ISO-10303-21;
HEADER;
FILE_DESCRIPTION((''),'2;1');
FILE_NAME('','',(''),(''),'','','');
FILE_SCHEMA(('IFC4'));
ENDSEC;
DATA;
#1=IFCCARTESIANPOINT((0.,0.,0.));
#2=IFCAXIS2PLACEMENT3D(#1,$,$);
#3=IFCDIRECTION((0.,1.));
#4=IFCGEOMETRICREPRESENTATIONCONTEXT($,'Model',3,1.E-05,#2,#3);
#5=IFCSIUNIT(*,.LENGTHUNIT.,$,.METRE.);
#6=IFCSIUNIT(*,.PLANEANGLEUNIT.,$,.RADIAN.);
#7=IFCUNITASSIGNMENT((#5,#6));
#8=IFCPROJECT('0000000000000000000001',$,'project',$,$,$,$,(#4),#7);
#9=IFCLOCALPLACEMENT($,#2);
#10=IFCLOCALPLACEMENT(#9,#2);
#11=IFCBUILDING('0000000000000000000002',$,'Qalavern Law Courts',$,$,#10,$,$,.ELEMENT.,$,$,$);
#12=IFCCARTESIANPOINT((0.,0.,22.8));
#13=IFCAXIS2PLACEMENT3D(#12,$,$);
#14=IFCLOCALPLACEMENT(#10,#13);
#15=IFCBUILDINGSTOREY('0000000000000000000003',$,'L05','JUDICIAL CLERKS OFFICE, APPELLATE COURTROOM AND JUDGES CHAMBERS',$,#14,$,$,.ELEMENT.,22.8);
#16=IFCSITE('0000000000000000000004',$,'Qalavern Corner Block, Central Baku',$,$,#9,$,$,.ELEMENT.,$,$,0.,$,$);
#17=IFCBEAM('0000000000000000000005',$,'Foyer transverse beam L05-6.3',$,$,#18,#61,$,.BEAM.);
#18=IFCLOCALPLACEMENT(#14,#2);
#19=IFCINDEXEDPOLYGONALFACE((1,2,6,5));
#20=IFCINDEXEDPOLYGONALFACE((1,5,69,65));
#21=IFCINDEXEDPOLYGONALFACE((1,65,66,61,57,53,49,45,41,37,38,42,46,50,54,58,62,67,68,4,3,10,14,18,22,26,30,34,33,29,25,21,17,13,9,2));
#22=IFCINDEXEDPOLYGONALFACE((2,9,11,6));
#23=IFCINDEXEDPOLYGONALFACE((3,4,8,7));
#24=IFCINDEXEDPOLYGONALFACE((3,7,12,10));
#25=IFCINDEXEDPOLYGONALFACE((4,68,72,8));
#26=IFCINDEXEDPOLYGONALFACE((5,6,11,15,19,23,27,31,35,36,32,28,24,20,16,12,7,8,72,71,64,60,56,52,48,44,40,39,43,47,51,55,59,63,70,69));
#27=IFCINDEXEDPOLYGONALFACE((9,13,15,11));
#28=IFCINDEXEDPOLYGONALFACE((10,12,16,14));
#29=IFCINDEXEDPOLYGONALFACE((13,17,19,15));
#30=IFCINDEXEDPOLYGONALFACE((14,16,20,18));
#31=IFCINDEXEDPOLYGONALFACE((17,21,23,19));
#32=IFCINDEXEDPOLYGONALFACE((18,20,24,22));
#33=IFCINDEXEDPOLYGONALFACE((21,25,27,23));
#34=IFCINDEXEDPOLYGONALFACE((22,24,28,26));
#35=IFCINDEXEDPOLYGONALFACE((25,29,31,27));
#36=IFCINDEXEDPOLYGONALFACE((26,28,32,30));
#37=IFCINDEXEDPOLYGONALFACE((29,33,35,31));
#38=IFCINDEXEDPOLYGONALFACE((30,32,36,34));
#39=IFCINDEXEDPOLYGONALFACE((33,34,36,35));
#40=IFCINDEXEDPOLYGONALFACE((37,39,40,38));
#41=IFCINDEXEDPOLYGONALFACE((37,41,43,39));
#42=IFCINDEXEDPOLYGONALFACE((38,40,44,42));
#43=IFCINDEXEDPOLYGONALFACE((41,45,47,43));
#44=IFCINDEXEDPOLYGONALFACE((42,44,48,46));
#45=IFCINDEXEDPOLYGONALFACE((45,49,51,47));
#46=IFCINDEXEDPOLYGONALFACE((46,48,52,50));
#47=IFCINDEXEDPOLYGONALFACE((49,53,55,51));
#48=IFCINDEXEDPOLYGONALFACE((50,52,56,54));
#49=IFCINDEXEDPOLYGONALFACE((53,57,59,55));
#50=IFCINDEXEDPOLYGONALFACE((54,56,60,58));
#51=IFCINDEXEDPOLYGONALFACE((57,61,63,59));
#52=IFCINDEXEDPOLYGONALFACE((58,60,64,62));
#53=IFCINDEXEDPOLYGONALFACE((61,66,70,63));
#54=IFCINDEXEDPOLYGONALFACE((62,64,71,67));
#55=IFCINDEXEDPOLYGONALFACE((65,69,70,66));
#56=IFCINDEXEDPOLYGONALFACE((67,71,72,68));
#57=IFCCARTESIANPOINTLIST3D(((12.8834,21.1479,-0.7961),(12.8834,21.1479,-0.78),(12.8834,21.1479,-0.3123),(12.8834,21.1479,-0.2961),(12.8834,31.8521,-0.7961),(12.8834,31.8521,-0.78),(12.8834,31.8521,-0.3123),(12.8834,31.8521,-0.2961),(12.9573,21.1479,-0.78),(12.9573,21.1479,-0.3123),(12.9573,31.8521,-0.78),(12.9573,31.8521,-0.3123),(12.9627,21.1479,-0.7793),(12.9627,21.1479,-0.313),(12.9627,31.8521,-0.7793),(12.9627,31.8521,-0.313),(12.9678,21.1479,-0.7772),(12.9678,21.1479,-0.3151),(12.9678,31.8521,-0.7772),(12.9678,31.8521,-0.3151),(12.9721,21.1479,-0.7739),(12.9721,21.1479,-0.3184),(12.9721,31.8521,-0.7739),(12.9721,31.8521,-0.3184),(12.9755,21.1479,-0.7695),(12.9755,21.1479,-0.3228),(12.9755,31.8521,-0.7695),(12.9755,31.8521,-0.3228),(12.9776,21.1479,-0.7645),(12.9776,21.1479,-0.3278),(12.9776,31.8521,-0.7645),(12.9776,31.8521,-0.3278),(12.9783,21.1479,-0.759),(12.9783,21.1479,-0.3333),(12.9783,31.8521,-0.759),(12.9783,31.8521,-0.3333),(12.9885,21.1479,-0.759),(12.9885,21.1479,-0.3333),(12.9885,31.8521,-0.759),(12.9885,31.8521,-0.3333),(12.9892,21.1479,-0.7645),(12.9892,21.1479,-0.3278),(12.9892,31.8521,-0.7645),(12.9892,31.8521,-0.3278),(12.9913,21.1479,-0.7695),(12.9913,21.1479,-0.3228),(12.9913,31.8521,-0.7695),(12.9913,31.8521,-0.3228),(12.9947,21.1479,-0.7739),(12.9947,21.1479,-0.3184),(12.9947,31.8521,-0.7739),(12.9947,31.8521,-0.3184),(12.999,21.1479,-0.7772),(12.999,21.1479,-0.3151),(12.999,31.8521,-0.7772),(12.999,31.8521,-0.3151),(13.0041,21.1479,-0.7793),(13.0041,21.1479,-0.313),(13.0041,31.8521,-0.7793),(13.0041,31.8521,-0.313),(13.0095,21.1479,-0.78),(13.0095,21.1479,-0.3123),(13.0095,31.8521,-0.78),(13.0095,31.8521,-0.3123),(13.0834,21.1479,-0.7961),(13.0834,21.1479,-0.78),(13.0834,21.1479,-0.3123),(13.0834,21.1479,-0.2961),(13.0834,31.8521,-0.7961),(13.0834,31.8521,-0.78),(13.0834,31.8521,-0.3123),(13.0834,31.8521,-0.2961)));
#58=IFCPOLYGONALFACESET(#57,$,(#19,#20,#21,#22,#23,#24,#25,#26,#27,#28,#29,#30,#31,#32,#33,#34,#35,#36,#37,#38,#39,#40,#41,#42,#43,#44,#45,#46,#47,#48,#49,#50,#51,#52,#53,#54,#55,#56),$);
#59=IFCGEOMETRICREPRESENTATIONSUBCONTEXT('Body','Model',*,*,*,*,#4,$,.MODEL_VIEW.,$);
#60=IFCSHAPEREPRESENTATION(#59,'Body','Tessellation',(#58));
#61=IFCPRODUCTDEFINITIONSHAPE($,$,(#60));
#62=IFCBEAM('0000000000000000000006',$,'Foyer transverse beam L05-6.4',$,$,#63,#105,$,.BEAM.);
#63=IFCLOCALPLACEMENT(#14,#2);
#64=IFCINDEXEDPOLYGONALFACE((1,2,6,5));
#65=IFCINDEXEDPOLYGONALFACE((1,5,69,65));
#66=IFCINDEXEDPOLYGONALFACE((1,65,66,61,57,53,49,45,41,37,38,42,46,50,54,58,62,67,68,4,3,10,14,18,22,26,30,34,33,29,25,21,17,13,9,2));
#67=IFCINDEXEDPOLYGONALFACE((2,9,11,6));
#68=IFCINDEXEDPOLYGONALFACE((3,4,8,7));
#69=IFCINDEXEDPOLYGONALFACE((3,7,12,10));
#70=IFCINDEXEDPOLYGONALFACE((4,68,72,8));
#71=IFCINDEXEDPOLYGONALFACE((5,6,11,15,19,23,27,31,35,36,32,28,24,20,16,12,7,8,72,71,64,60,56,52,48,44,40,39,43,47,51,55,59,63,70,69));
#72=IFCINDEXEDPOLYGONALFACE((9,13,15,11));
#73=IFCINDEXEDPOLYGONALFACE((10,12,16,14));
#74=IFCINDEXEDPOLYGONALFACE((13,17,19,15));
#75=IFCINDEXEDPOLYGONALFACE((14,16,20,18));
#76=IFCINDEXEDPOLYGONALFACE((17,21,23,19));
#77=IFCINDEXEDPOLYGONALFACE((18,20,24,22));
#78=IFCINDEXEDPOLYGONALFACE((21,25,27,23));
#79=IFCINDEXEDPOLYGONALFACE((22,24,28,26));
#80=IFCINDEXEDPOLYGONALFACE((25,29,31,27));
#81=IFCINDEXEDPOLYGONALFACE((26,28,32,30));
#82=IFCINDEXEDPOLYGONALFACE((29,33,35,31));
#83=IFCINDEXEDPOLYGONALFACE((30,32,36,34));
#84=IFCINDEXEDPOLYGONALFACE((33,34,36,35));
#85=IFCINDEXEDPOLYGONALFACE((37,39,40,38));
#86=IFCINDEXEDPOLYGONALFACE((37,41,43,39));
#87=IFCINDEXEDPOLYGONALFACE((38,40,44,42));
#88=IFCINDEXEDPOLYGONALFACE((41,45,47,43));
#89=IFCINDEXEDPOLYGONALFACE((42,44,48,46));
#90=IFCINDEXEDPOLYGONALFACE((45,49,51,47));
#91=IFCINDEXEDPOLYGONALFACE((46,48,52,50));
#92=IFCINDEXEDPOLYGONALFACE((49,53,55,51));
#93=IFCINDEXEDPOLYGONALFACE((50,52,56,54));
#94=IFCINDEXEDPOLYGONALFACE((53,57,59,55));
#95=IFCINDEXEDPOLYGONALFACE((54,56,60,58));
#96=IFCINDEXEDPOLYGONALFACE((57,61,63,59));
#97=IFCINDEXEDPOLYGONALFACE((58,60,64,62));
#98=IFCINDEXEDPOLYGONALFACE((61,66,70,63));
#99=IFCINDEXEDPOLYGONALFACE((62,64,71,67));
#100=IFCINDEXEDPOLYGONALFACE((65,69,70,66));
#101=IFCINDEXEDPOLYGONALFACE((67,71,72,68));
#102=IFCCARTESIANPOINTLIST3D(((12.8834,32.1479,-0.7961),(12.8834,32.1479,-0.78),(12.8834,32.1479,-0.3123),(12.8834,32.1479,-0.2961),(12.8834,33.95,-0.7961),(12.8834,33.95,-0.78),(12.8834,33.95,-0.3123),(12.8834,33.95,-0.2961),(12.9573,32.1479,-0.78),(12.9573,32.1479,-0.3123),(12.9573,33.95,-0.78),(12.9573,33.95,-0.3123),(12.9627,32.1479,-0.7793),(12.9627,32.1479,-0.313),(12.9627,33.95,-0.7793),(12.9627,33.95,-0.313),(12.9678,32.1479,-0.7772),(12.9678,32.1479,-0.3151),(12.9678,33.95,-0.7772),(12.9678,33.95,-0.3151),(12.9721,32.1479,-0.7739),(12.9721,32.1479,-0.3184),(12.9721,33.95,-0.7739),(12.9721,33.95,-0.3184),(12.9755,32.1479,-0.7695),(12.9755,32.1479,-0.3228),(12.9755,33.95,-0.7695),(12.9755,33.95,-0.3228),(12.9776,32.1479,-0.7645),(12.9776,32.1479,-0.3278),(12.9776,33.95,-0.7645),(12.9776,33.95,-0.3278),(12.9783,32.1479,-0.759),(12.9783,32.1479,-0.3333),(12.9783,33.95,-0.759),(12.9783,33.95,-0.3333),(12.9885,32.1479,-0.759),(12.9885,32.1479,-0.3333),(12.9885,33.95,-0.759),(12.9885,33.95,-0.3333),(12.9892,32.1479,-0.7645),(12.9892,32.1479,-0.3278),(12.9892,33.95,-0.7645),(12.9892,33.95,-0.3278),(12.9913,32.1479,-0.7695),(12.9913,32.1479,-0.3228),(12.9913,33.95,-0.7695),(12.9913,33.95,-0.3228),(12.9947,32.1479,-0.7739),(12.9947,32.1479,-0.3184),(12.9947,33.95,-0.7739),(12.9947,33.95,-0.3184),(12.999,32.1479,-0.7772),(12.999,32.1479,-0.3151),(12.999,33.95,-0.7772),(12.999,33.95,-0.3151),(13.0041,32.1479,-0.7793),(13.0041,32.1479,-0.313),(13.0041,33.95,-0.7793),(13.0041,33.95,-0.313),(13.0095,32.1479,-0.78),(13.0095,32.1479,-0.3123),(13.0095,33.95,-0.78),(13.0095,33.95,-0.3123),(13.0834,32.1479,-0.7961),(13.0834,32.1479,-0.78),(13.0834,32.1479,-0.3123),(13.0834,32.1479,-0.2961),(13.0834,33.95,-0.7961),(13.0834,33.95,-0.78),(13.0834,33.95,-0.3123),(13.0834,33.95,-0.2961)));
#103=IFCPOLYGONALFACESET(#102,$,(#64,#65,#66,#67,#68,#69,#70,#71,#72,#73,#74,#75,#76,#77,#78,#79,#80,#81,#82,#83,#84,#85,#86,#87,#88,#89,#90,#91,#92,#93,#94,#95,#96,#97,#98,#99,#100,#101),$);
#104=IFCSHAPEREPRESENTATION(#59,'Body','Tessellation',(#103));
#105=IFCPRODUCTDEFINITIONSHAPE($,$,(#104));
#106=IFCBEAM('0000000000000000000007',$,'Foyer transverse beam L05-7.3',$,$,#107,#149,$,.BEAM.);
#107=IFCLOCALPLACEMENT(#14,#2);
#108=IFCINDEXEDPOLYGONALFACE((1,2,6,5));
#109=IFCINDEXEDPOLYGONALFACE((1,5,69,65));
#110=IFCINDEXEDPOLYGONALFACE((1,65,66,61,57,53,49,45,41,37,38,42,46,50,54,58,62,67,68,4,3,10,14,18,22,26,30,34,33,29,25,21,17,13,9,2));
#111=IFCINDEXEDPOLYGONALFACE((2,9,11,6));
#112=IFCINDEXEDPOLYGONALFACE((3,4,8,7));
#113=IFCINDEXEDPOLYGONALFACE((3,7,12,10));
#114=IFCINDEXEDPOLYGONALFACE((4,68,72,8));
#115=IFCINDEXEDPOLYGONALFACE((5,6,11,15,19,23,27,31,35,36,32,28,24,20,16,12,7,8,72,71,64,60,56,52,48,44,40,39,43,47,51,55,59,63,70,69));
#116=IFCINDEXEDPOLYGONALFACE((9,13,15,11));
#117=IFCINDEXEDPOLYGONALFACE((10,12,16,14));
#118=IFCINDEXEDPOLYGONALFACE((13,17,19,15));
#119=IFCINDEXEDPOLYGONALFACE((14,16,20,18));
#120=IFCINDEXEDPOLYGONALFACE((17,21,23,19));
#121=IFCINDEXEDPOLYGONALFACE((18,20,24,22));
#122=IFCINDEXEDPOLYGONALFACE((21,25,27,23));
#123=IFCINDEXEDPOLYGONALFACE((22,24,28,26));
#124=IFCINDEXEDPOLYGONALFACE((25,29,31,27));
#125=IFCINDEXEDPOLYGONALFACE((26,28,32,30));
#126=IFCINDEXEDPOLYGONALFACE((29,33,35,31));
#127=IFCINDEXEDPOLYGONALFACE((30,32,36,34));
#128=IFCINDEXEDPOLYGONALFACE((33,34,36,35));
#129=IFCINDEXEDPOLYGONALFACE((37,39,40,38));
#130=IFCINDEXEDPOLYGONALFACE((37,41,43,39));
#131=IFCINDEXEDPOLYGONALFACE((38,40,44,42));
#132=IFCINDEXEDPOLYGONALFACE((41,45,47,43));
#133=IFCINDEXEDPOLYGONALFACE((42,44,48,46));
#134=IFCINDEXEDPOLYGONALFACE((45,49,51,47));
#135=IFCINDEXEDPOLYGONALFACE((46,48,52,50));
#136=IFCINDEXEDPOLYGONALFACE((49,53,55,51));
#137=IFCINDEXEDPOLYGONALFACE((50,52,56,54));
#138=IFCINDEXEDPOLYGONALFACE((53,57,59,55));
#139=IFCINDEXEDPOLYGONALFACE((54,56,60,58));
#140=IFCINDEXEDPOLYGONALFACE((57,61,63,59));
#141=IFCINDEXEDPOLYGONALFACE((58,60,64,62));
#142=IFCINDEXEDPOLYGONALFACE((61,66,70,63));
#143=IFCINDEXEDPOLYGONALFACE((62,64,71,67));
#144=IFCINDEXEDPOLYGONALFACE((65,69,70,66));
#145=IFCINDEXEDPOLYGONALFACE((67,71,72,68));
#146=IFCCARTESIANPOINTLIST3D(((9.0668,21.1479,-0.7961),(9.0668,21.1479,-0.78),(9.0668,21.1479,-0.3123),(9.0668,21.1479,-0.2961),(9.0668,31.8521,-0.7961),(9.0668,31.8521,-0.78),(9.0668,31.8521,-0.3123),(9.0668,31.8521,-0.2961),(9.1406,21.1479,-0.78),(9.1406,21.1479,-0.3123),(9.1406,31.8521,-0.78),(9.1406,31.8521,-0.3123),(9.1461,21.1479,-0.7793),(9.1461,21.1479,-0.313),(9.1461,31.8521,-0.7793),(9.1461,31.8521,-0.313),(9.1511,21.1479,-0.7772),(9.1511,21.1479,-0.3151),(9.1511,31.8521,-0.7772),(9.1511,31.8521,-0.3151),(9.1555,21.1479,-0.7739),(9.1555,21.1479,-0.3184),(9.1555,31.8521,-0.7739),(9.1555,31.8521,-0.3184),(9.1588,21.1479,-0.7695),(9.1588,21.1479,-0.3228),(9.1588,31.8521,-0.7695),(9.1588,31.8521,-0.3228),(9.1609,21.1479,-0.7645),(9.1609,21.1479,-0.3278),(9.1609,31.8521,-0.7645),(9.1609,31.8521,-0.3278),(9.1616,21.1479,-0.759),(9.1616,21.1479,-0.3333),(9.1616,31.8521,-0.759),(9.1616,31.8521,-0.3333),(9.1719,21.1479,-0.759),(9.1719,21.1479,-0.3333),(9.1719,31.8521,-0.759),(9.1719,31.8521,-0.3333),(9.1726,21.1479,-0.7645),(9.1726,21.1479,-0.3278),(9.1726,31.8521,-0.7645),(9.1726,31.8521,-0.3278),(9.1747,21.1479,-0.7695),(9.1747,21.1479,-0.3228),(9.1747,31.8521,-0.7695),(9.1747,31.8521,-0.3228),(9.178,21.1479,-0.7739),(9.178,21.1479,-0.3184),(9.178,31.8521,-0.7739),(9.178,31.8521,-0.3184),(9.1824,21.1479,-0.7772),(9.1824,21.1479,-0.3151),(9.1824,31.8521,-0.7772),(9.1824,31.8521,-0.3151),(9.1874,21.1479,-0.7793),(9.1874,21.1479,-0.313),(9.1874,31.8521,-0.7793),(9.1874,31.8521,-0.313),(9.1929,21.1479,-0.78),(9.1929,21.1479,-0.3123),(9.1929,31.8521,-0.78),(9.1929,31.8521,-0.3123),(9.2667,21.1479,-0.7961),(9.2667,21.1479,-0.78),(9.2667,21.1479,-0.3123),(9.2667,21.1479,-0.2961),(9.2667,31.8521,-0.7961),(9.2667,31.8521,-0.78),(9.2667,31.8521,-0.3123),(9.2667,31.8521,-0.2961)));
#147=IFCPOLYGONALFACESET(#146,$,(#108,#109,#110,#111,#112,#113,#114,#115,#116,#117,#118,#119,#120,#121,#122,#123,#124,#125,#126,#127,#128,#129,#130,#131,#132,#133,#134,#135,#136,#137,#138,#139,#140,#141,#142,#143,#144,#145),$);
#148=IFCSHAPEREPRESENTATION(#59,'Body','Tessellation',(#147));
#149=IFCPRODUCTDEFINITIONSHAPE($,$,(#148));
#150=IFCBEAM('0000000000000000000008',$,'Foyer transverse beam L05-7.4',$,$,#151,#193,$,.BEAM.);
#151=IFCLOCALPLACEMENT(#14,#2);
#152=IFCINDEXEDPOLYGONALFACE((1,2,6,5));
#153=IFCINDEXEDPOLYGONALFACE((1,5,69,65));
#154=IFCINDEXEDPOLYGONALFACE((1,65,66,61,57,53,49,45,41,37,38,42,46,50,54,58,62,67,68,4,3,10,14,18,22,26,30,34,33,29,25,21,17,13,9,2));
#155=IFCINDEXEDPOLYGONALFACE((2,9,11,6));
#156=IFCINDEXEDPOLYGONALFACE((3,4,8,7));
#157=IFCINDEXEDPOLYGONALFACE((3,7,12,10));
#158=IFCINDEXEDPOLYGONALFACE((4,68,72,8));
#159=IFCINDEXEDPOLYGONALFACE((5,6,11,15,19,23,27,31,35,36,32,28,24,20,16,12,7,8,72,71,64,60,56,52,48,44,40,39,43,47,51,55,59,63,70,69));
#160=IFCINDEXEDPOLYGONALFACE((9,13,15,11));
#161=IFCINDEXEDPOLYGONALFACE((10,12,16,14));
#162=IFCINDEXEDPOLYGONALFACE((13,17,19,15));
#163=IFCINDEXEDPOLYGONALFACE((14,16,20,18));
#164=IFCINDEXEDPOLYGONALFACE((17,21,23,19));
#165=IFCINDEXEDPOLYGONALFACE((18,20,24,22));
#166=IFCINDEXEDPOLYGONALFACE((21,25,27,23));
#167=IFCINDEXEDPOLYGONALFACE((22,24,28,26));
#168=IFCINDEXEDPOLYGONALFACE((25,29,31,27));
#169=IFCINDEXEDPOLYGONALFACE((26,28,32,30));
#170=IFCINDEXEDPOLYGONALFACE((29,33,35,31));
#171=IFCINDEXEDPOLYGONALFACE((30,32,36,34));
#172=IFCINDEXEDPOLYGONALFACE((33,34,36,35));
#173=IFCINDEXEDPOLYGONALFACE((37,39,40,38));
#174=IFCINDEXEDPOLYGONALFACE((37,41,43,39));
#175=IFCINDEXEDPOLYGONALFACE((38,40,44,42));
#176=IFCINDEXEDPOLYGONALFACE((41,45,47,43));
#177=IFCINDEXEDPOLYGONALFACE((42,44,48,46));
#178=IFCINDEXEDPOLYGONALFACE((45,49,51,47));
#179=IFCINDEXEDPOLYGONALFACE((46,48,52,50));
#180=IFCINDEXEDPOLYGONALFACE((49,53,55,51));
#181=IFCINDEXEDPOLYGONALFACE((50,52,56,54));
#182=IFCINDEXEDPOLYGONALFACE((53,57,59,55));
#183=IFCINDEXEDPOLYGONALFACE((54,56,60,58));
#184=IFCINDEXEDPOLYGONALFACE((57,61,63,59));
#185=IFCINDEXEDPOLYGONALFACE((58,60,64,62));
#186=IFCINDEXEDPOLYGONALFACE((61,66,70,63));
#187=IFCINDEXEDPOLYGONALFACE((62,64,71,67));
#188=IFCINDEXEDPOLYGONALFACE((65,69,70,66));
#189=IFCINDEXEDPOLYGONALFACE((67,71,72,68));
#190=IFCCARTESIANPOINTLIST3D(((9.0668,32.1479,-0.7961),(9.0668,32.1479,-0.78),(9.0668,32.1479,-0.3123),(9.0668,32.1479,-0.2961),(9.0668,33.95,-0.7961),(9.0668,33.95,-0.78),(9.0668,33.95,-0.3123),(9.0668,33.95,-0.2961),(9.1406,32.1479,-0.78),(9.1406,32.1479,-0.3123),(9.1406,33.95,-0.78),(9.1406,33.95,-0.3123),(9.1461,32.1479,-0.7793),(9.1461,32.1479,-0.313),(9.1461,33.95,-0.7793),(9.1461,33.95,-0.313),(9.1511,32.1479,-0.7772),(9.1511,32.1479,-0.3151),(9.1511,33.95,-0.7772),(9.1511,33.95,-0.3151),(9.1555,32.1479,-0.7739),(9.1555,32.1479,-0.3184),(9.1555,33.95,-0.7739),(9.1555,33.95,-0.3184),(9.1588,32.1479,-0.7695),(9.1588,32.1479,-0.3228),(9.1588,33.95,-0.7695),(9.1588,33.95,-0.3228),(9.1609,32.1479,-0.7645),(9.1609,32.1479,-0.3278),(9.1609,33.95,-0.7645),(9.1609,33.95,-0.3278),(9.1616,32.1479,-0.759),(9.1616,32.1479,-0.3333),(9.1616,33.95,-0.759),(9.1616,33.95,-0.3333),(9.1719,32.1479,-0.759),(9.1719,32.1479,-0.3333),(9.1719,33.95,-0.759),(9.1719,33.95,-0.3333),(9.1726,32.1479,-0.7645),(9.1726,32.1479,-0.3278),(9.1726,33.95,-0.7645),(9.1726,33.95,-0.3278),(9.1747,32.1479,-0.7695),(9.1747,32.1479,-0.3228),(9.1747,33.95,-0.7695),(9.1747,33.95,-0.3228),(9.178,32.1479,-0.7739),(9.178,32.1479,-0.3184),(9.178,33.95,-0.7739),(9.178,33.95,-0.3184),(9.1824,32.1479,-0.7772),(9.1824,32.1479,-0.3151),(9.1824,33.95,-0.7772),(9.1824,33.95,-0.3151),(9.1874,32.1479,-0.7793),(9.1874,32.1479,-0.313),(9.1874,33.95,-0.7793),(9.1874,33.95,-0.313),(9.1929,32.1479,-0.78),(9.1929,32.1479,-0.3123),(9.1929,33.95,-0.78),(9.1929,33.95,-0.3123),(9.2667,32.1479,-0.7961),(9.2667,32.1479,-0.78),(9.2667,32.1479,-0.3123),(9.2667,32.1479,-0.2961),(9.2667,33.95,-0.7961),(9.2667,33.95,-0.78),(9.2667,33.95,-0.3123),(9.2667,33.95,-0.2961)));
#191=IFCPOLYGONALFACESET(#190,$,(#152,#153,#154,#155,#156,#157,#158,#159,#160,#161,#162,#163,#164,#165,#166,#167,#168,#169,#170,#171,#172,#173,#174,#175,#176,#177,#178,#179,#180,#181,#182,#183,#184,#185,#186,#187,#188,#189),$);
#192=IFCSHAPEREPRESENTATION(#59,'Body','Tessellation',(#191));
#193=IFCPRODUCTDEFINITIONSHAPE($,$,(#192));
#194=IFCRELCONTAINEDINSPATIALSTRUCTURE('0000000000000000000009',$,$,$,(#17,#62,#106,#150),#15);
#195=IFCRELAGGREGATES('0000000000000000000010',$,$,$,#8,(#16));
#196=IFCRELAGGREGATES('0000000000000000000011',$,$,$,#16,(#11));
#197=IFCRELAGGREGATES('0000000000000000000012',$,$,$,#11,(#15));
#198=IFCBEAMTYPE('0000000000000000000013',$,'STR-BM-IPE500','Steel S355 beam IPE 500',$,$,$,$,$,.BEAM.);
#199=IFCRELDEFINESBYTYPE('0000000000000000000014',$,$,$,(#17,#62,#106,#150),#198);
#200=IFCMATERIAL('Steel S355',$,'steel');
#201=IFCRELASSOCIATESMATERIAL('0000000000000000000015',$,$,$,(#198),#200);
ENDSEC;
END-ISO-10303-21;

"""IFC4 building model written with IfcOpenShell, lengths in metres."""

from ifc_helpers import new_model, si_unit, direction, frame, origin, origin_2d, place, context, subcontext, project, spatial, i_section, extrude, material, material_profile, profile_set, type_object, element, save


model = new_model("IFC4")

# Units and contexts
model_context = context("Model", 3, precision=1e-05, world=origin(), true_north=direction((0.0, 1.0)))
body_context = subcontext(model_context, "Body", "Model", "MODEL_VIEW")
ifc_project = project(units=[si_unit("LENGTHUNIT", "METRE"), si_unit("PLANEANGLEUNIT", "RADIAN")], contexts=[model_context])

# Site, building, storey
site_placement = place(None, origin())
site = spatial("IfcSite", under=ifc_project, at=site_placement, Name="Qalavern Corner Block, Central Baku", CompositionType="ELEMENT", RefElevation=0.0)
building_placement = place(site_placement, origin())
building = spatial("IfcBuilding", under=site, at=building_placement, Name="Qalavern Law Courts", CompositionType="ELEMENT")
storey_placement = place(building_placement, frame((0.0, 0.0, 22.8)))
storey = spatial("IfcBuildingStorey", under=building, at=storey_placement, Name="L05", Description="JUDICIAL CLERKS OFFICE, APPELLATE COURTROOM AND JUDGES CHAMBERS", CompositionType="ELEMENT", Elevation=22.8)

# Beams
ifc_material_1 = material(Name="Steel S355", Category="steel")
ifc_material_profile_1 = material_profile(ifc_material_1, i_section(OverallWidth=0.2, OverallDepth=0.5, WebThickness=0.0103, FlangeThickness=0.0161, FilletRadius=0.021, at=origin_2d()), Name="IPE 500")
ifc_profile_set_1 = profile_set([ifc_material_profile_1], Name="Steel S355")
beam_type_1 = type_object("IfcBeamType", Name="STR-BM-IPE500", Description="Steel S355 beam IPE 500", PredefinedType="BEAM", material=ifc_profile_set_1)
beam_1_placement = place(storey_placement, frame((12.9834, 21.1479, -0.5461), z_axis=(0.0, 1.0, 0.0), x_axis=(-1.0, 0.0, 0.0)))
element("IfcBeam", 1, at=beam_1_placement, inside=storey, type_object=beam_type_1, Name="Foyer transverse beam L05-6.3", PredefinedType="BEAM", context=body_context, shape_type="SweptSolid", body=[
    extrude(i_section(OverallWidth=0.2, OverallDepth=0.5, WebThickness=0.0103, FlangeThickness=0.0161, FilletRadius=0.021, at=origin_2d()), origin(), (0.0, 0.0, 1.0), 10.7041),
])
beam_2_placement = place(storey_placement, frame((12.9834, 32.1479, -0.5461), z_axis=(0.0, 1.0, 0.0), x_axis=(-1.0, 0.0, 0.0)))
element("IfcBeam", 2, at=beam_2_placement, inside=storey, type_object=beam_type_1, Name="Foyer transverse beam L05-6.4", PredefinedType="BEAM", context=body_context, shape_type="SweptSolid", body=[
    extrude(i_section(OverallWidth=0.2, OverallDepth=0.5, WebThickness=0.0103, FlangeThickness=0.0161, FilletRadius=0.021, at=origin_2d()), origin(), (0.0, 0.0, 1.0), 1.802),
])
beam_3_placement = place(storey_placement, frame((9.1667, 21.1479, -0.5461), z_axis=(0.0, 1.0, 0.0), x_axis=(-1.0, 0.0, 0.0)))
element("IfcBeam", 3, at=beam_3_placement, inside=storey, type_object=beam_type_1, Name="Foyer transverse beam L05-7.3", PredefinedType="BEAM", context=body_context, shape_type="SweptSolid", body=[
    extrude(i_section(OverallWidth=0.2, OverallDepth=0.5, WebThickness=0.0103, FlangeThickness=0.0161, FilletRadius=0.021, at=origin_2d()), origin(), (0.0, 0.0, 1.0), 10.7041),
])
beam_4_placement = place(storey_placement, frame((9.1667, 32.1479, -0.5461), z_axis=(0.0, 1.0, 0.0), x_axis=(-1.0, 0.0, 0.0)))
element("IfcBeam", 4, at=beam_4_placement, inside=storey, type_object=beam_type_1, Name="Foyer transverse beam L05-7.4", PredefinedType="BEAM", context=body_context, shape_type="SweptSolid", body=[
    extrude(i_section(OverallWidth=0.2, OverallDepth=0.5, WebThickness=0.0103, FlangeThickness=0.0161, FilletRadius=0.021, at=origin_2d()), origin(), (0.0, 0.0, 1.0), 1.802),
])

save(model, "model.ifc")
